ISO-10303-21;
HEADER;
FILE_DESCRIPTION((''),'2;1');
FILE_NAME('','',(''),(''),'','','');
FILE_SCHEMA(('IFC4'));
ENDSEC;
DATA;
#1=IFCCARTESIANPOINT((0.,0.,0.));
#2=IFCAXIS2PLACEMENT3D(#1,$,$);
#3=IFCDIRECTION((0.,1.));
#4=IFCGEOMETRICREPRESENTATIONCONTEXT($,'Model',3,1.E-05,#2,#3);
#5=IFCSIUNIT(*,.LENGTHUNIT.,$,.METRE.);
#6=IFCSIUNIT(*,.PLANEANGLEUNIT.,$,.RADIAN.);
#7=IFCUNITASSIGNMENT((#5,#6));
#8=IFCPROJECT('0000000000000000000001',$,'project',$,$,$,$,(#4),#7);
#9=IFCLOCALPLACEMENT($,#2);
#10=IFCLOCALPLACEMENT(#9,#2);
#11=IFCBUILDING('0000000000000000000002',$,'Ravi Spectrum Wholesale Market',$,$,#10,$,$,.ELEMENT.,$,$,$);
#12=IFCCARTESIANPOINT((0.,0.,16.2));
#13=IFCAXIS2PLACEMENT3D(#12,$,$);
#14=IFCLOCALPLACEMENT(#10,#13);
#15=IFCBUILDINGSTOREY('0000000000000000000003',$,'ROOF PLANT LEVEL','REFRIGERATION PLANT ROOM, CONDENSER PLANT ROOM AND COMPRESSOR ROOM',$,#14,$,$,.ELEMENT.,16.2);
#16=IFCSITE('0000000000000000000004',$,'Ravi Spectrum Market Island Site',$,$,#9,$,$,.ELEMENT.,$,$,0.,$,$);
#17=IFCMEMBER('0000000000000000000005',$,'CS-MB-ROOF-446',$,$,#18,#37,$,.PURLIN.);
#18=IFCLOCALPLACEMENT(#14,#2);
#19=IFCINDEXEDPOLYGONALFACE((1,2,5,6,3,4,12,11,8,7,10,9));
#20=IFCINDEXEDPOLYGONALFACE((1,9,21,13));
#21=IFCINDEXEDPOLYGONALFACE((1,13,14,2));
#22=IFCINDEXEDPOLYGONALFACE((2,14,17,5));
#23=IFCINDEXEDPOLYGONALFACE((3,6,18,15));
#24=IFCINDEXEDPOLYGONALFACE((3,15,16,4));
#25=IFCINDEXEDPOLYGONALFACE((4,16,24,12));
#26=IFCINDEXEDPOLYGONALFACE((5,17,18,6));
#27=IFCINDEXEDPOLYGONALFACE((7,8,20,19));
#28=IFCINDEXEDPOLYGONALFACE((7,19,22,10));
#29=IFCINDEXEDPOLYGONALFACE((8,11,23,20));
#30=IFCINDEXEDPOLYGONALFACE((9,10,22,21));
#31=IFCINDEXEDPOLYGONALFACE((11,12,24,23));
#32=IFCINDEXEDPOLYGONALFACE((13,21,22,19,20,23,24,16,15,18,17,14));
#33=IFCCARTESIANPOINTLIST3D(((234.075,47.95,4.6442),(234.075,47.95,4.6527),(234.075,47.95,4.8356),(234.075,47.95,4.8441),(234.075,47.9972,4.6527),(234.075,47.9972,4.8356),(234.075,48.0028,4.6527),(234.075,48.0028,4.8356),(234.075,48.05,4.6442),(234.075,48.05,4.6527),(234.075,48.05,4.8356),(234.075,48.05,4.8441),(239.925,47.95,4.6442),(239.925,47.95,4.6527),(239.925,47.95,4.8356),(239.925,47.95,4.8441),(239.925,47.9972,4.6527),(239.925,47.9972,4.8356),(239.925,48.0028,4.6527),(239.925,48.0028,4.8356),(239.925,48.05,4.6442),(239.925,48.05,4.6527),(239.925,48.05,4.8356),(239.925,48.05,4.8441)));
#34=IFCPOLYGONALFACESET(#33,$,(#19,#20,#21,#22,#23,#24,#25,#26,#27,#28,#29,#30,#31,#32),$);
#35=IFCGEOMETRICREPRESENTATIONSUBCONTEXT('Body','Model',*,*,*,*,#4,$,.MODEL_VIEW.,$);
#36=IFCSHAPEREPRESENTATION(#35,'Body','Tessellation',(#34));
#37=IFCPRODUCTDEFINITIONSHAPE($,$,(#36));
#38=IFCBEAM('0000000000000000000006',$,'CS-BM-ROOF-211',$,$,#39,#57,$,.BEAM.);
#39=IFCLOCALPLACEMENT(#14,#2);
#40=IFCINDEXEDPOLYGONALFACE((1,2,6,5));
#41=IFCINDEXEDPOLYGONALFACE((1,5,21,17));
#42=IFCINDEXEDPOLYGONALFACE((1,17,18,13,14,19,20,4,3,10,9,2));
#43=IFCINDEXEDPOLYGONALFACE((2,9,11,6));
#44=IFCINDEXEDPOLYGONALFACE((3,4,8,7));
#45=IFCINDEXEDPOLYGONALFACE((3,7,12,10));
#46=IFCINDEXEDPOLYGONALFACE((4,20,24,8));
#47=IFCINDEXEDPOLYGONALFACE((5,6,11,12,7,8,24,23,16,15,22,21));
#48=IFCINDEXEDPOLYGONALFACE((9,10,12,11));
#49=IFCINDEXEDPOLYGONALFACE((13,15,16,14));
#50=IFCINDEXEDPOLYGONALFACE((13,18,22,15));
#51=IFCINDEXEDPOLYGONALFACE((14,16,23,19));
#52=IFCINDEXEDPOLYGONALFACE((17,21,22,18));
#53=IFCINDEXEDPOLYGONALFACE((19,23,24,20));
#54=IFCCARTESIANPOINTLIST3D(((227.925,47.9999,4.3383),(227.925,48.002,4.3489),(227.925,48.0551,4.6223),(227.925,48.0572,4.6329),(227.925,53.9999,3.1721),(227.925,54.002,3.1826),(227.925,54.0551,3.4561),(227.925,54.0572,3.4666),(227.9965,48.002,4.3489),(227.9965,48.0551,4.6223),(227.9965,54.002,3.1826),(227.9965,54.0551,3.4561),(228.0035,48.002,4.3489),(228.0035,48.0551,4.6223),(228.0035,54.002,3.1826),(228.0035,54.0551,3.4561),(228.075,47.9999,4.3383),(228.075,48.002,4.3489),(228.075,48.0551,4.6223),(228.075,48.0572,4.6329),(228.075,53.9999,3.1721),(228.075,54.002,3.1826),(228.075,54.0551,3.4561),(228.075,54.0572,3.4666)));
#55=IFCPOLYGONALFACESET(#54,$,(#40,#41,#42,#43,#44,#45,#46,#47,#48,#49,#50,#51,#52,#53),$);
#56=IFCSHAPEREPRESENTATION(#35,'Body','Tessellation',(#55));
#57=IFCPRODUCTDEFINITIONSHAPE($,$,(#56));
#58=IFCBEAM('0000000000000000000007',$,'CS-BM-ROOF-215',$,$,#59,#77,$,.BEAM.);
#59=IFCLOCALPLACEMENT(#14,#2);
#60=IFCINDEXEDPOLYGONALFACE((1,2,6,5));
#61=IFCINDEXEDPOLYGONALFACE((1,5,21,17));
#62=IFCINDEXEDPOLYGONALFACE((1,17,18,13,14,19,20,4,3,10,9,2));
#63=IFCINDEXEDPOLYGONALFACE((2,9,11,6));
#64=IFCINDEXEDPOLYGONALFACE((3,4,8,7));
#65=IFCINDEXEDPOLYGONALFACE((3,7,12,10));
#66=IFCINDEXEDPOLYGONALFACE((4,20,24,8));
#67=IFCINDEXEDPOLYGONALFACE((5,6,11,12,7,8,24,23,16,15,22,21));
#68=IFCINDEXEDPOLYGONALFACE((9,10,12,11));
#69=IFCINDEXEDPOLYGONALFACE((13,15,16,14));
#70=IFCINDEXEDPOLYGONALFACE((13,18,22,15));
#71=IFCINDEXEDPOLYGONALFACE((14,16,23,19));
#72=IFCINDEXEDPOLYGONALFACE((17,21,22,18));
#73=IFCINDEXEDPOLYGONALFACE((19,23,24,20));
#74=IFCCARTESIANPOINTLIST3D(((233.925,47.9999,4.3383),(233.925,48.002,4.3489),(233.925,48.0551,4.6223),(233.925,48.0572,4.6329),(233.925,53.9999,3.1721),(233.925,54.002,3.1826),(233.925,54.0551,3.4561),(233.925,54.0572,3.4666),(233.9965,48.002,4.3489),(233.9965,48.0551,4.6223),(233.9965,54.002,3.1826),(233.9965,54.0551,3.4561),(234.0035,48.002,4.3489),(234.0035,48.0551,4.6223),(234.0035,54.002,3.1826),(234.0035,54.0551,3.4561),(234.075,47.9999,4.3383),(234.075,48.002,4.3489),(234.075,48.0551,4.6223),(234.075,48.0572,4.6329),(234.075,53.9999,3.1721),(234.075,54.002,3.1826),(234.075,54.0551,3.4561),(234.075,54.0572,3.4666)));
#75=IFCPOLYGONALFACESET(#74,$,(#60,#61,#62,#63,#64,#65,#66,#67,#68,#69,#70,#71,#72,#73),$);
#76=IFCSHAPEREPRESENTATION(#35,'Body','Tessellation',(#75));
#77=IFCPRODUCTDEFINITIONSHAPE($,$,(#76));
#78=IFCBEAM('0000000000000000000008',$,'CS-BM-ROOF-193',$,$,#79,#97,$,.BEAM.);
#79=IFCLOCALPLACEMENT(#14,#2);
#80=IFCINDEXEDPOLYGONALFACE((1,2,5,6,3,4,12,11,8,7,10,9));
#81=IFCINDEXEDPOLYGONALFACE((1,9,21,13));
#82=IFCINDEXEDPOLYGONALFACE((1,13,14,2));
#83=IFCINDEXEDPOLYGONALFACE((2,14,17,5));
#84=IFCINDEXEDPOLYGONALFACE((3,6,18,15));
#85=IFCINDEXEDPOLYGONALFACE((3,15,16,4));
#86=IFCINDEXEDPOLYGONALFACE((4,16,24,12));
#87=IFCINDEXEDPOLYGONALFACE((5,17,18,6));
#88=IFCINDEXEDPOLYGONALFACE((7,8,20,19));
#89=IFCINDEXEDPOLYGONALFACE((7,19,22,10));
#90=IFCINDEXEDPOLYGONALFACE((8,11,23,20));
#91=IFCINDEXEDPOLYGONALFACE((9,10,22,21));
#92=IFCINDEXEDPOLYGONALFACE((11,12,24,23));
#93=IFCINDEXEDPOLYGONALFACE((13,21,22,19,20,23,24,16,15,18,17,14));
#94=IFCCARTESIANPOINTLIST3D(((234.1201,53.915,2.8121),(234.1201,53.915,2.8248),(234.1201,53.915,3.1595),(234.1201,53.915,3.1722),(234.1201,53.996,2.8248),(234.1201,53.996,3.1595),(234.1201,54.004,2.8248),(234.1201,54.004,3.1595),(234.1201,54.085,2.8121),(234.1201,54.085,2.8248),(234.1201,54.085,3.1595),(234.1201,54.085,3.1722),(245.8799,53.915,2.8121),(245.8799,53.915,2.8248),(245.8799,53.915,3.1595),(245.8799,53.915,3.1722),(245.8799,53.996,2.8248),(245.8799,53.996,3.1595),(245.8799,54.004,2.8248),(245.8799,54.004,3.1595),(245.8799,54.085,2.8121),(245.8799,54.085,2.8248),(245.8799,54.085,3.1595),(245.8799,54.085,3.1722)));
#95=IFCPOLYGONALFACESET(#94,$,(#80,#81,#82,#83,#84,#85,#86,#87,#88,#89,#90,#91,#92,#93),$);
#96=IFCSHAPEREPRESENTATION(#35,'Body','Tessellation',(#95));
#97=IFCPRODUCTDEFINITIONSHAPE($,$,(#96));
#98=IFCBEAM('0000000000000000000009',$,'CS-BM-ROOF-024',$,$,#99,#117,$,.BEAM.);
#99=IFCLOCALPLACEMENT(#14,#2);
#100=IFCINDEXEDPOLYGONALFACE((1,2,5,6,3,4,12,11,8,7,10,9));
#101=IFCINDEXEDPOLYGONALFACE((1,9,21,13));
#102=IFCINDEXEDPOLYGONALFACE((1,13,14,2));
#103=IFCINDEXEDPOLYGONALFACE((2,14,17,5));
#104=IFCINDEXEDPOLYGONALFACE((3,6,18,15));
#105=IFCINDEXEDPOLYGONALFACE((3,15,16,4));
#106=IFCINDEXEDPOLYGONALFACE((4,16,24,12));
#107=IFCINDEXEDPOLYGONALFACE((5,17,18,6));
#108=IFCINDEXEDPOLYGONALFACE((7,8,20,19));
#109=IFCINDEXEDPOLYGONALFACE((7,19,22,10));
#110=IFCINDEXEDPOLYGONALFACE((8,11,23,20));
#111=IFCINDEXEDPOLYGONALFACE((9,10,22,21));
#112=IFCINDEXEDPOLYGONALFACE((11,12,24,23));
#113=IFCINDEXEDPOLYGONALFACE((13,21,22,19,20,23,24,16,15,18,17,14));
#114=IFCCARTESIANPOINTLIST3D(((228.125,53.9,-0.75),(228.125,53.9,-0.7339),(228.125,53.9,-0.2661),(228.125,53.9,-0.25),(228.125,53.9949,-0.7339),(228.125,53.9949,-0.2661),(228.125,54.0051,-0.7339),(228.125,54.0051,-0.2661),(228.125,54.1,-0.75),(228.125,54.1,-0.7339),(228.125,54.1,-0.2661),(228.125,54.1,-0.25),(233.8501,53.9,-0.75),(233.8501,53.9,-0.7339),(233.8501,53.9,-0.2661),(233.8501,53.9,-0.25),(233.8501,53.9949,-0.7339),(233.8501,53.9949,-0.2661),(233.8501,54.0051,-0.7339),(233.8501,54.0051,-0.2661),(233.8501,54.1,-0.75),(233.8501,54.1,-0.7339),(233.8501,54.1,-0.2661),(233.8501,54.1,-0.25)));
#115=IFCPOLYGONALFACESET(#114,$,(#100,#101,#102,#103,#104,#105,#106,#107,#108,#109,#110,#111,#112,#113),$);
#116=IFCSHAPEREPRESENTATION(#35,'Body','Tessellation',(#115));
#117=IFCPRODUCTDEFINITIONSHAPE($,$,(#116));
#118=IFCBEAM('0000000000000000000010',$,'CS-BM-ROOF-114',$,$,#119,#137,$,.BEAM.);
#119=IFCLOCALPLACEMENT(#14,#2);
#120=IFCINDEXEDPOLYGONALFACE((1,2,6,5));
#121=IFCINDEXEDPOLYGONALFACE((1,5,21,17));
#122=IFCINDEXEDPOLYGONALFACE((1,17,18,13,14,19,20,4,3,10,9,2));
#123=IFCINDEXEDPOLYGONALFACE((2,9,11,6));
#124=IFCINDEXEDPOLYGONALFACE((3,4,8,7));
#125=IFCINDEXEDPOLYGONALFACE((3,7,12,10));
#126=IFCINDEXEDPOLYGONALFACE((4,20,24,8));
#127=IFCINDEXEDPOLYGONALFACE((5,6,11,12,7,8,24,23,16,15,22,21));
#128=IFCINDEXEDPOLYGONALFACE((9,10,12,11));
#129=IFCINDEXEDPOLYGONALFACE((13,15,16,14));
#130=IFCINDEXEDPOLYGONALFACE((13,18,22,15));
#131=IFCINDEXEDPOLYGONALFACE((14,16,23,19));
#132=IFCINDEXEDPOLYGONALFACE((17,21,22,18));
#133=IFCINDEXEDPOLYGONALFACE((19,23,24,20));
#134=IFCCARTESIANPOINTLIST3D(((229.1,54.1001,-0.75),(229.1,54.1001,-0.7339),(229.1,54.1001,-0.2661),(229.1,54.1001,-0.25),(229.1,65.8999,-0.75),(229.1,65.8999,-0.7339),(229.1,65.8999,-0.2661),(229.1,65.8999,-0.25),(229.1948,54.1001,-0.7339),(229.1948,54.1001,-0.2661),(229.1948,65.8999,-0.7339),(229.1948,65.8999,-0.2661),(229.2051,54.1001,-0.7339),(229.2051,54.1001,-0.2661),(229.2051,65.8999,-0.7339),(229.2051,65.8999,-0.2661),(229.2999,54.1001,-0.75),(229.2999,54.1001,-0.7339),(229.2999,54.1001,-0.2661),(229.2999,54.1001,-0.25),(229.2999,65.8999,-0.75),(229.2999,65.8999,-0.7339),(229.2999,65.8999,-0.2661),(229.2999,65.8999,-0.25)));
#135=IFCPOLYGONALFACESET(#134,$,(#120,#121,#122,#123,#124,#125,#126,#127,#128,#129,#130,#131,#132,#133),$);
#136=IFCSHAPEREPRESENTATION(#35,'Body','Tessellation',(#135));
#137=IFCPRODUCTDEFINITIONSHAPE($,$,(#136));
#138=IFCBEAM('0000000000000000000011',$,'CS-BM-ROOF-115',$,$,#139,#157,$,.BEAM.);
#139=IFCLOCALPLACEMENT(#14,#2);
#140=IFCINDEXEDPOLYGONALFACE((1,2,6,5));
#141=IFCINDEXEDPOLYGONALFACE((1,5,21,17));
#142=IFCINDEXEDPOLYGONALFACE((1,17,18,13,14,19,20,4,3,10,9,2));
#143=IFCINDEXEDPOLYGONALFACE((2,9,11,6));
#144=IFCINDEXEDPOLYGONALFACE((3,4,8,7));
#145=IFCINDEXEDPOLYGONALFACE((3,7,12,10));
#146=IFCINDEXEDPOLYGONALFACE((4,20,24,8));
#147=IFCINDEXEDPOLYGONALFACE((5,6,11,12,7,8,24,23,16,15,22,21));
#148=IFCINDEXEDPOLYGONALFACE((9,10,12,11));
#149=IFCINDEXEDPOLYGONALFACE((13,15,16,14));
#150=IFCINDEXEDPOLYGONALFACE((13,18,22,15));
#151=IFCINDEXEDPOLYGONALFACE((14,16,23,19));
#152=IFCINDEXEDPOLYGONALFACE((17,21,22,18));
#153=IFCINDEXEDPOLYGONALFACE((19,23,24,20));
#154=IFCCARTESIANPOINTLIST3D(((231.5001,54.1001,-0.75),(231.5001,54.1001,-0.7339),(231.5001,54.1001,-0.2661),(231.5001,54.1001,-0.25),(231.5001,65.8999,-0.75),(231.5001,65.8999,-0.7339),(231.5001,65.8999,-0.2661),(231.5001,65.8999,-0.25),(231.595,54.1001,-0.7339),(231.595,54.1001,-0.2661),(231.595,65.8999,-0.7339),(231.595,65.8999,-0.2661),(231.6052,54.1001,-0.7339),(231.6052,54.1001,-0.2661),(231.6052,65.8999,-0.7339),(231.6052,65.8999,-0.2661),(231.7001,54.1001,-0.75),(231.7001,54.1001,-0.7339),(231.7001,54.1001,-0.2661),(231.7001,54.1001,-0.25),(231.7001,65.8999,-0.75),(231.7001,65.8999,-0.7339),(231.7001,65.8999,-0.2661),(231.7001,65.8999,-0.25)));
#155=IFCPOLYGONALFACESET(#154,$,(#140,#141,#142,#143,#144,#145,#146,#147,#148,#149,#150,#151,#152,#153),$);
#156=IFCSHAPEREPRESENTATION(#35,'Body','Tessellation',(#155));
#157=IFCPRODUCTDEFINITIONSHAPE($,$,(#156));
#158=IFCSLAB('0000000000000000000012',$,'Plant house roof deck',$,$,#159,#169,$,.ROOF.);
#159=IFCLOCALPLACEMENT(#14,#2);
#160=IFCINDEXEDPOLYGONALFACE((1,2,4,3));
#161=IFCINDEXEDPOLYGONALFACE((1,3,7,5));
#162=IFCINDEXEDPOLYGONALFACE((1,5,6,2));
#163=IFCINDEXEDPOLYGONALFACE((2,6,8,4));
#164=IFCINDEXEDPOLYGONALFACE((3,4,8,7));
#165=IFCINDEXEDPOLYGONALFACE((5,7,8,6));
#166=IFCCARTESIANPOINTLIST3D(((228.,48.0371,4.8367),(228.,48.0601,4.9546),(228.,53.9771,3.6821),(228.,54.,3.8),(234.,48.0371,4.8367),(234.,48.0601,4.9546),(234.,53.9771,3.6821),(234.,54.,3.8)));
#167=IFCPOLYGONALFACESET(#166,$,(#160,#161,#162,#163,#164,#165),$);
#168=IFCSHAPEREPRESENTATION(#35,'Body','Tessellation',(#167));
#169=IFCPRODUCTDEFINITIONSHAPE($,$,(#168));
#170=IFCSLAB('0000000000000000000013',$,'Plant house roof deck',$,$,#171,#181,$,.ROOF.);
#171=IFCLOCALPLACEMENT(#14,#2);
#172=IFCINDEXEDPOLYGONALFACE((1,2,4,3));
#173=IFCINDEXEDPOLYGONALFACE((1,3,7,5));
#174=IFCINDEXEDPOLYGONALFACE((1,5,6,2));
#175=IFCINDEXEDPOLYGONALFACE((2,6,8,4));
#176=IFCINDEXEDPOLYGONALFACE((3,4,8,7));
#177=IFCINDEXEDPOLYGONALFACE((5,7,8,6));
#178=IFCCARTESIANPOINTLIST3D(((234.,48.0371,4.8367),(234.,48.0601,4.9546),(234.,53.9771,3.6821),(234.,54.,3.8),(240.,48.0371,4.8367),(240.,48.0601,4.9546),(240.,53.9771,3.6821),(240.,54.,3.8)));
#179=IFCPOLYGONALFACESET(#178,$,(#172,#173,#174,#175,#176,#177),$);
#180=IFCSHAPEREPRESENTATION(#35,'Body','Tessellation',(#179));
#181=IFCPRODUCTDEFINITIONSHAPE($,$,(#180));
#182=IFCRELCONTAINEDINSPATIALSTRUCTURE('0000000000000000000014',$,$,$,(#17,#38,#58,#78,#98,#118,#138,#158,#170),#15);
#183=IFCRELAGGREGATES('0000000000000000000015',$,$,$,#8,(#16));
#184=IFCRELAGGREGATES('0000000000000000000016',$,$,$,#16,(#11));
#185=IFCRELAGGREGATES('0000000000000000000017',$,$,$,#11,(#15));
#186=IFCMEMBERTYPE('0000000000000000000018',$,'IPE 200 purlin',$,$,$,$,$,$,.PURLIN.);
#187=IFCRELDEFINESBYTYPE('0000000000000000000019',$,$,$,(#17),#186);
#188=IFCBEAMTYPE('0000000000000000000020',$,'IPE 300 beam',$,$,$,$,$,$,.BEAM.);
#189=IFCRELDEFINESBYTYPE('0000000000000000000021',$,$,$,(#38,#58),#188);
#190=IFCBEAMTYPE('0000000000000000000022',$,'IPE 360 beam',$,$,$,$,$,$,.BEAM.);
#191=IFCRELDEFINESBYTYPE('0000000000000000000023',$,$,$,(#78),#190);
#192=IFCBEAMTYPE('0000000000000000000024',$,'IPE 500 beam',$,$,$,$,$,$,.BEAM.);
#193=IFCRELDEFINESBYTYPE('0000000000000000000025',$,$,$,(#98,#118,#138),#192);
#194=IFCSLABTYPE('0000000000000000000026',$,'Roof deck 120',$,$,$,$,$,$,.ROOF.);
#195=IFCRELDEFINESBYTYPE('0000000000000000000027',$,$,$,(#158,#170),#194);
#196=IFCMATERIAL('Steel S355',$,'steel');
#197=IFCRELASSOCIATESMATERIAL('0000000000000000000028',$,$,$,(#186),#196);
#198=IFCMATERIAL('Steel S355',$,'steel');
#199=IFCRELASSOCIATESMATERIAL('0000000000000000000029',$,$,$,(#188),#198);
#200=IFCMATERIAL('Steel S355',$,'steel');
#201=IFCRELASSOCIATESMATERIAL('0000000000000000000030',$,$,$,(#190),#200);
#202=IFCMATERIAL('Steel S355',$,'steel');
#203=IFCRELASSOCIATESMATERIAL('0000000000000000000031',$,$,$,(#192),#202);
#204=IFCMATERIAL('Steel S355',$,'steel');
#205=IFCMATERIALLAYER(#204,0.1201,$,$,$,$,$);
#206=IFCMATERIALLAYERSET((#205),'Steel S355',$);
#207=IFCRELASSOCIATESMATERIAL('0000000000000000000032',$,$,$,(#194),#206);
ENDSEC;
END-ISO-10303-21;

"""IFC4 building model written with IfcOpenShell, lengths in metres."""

from ifc_helpers import new_model, si_unit, direction, frame, origin, origin_2d, place, context, subcontext, project, spatial, polyline, i_section, outline, extrude, material, layer, layer_set, material_profile, profile_set, type_object, element, save


model = new_model("IFC4")

# Units and contexts
model_context = context("Model", 3, precision=1e-05, world=origin(), true_north=direction((0.0, 1.0)))
body_context = subcontext(model_context, "Body", "Model", "MODEL_VIEW")
ifc_project = project(units=[si_unit("LENGTHUNIT", "METRE"), si_unit("PLANEANGLEUNIT", "RADIAN")], contexts=[model_context])

# Site, building, storey
site_placement = place(None, origin())
site = spatial("IfcSite", under=ifc_project, at=site_placement, Name="Ravi Spectrum Market Island Site", CompositionType="ELEMENT", RefElevation=0.0)
building_placement = place(site_placement, origin())
building = spatial("IfcBuilding", under=site, at=building_placement, Name="Ravi Spectrum Wholesale Market", CompositionType="ELEMENT")
storey_placement = place(building_placement, frame((0.0, 0.0, 16.2)))
storey = spatial("IfcBuildingStorey", under=building, at=storey_placement, Name="ROOF PLANT LEVEL", Description="REFRIGERATION PLANT ROOM, CONDENSER PLANT ROOM AND COMPRESSOR ROOM", CompositionType="ELEMENT", Elevation=16.2)

# Member
ifc_material_1 = material(Name="Steel S355", Category="steel")
ifc_material_profile_1 = material_profile(ifc_material_1, i_section(OverallWidth=0.1001, OverallDepth=0.2, WebThickness=0.0056, FlangeThickness=0.0085, at=origin_2d()))
ifc_profile_set_1 = profile_set([ifc_material_profile_1], Name="Steel S355")
member_type = type_object("IfcMemberType", Name="IPE 200 purlin", PredefinedType="PURLIN", material=ifc_profile_set_1)
for number, where, z_axis, x_axis, name in (
    (1, (234.075, 48.0, 4.7441), (1.0, 0.0, 0.0), (0.0, 1.0, 0.0), "CS-MB-ROOF-446"),
):
    element("IfcMember", number, at=place(storey_placement, frame(where, z_axis=z_axis, x_axis=x_axis)), inside=storey, type_object=member_type, Name=name, PredefinedType="PURLIN", context=body_context, shape_type="SweptSolid", body=[
        extrude(i_section(OverallWidth=0.1001, OverallDepth=0.2, WebThickness=0.0056, FlangeThickness=0.0085, at=origin_2d()), origin(), (0.0, 0.0, 1.0), 5.8501),
    ])

# Beams
ifc_material_2 = material(Name="Steel S355", Category="steel")
ifc_material_profile_2 = material_profile(ifc_material_2, i_section(OverallWidth=0.1499, OverallDepth=0.3, WebThickness=0.0071, FlangeThickness=0.0107, at=origin_2d()))
ifc_profile_set_2 = profile_set([ifc_material_profile_2], Name="Steel S355")
beam_type_1 = type_object("IfcBeamType", Name="IPE 300 beam", PredefinedType="BEAM", material=ifc_profile_set_2)
for number, where, z_axis, x_axis, name in (
    (2, (228.0, 54.0286, 3.3193), (0.0, -0.981628, 0.190806), (1.0, 0.0, 0.0), "CS-BM-ROOF-211"),
    (3, (234.0, 54.0286, 3.3193), (0.0, -0.981628, 0.190806), (1.0, 0.0, 0.0), "CS-BM-ROOF-215"),
):
    element("IfcBeam", number, at=place(storey_placement, frame(where, z_axis=z_axis, x_axis=x_axis)), inside=storey, type_object=beam_type_1, Name=name, PredefinedType="BEAM", context=body_context, shape_type="SweptSolid", body=[
        extrude(i_section(OverallWidth=0.1499, OverallDepth=0.3, WebThickness=0.0071, FlangeThickness=0.0107, at=origin_2d()), origin(), (0.0, 0.0, 1.0), 6.1123),
    ])
ifc_material_3 = material(Name="Steel S355", Category="steel")
ifc_material_profile_3 = material_profile(ifc_material_3, i_section(OverallWidth=0.1699, OverallDepth=0.3601, WebThickness=0.0081, FlangeThickness=0.0127, at=origin_2d()))
ifc_profile_set_3 = profile_set([ifc_material_profile_3], Name="Steel S355")
beam_type_2 = type_object("IfcBeamType", Name="IPE 360 beam", PredefinedType="BEAM", material=ifc_profile_set_3)
beam_1_placement = place(storey_placement, frame((234.1201, 54.0, 2.9922), z_axis=(1.0, 0.0, 0.0), x_axis=(0.0, 1.0, 0.0)))
element("IfcBeam", 4, at=beam_1_placement, inside=storey, type_object=beam_type_2, Name="CS-BM-ROOF-193", PredefinedType="BEAM", context=body_context, shape_type="SweptSolid", body=[
    extrude(i_section(OverallWidth=0.1699, OverallDepth=0.3601, WebThickness=0.0081, FlangeThickness=0.0127, at=origin_2d()), origin(), (0.0, 0.0, 1.0), 11.7598),
])
ifc_material_4 = material(Name="Steel S355", Category="steel")
ifc_material_profile_4 = material_profile(ifc_material_4, i_section(OverallWidth=0.2, OverallDepth=0.5, WebThickness=0.0103, FlangeThickness=0.0161, at=origin_2d()))
ifc_profile_set_4 = profile_set([ifc_material_profile_4], Name="Steel S355")
beam_type_3 = type_object("IfcBeamType", Name="IPE 500 beam", PredefinedType="BEAM", material=ifc_profile_set_4)
beam_2_placement = place(storey_placement, frame((228.125, 54.0, -0.5), z_axis=(1.0, 0.0, 0.0), x_axis=(0.0, 1.0, 0.0)))
element("IfcBeam", 5, at=beam_2_placement, inside=storey, type_object=beam_type_3, Name="CS-BM-ROOF-024", PredefinedType="BEAM", context=body_context, shape_type="SweptSolid", body=[
    extrude(i_section(OverallWidth=0.2, OverallDepth=0.5, WebThickness=0.0103, FlangeThickness=0.0161, at=origin_2d()), origin(), (0.0, 0.0, 1.0), 5.7251),
])
for number, where, z_axis, x_axis, name in (
    (6, (229.2, 54.1001, -0.5), (0.0, 1.0, 0.0), (-1.0, 0.0, 0.0), "CS-BM-ROOF-114"),
    (7, (231.6001, 54.1001, -0.5), (0.0, 1.0, 0.0), (-1.0, 0.0, 0.0), "CS-BM-ROOF-115"),
):
    element("IfcBeam", number, at=place(storey_placement, frame(where, z_axis=z_axis, x_axis=x_axis)), inside=storey, type_object=beam_type_3, Name=name, PredefinedType="BEAM", context=body_context, shape_type="SweptSolid", body=[
        extrude(i_section(OverallWidth=0.2, OverallDepth=0.5, WebThickness=0.0103, FlangeThickness=0.0161, at=origin_2d()), origin(), (0.0, 0.0, 1.0), 11.7998),
    ])

# Slabs
ifc_material_5 = material(Name="Steel S355", Category="steel")
ifc_layer_1 = layer(ifc_material_5, 0.1201)
ifc_layer_set_1 = layer_set([ifc_layer_1], Name="Steel S355")
slab_type = type_object("IfcSlabType", Name="Roof deck 120", PredefinedType="ROOF", material=ifc_layer_set_1)
for number, where, z_axis, x_axis, name in (
    (8, (228.0, 54.0, 3.8), (0.0, 0.190798, 0.981629), (1.0, 0.0, 0.0), "Plant house roof deck"),
    (9, (234.0, 54.0, 3.8), (0.0, 0.190798, 0.981629), (1.0, 0.0, 0.0), "Plant house roof deck"),
):
    element("IfcSlab", number, at=place(storey_placement, frame(where, z_axis=z_axis, x_axis=x_axis)), inside=storey, type_object=slab_type, Name=name, PredefinedType="ROOF", context=body_context, shape_type="SweptSolid", body=[
        extrude(outline(polyline([(0.0, 0.0), (6.0, 0.0), (6.0, -6.0511), (0.0, -6.0511), (0.0, 0.0)])), origin(), (0.0, 0.0, -1.0), 0.1201),
    ])

save(model, "model.ifc")
